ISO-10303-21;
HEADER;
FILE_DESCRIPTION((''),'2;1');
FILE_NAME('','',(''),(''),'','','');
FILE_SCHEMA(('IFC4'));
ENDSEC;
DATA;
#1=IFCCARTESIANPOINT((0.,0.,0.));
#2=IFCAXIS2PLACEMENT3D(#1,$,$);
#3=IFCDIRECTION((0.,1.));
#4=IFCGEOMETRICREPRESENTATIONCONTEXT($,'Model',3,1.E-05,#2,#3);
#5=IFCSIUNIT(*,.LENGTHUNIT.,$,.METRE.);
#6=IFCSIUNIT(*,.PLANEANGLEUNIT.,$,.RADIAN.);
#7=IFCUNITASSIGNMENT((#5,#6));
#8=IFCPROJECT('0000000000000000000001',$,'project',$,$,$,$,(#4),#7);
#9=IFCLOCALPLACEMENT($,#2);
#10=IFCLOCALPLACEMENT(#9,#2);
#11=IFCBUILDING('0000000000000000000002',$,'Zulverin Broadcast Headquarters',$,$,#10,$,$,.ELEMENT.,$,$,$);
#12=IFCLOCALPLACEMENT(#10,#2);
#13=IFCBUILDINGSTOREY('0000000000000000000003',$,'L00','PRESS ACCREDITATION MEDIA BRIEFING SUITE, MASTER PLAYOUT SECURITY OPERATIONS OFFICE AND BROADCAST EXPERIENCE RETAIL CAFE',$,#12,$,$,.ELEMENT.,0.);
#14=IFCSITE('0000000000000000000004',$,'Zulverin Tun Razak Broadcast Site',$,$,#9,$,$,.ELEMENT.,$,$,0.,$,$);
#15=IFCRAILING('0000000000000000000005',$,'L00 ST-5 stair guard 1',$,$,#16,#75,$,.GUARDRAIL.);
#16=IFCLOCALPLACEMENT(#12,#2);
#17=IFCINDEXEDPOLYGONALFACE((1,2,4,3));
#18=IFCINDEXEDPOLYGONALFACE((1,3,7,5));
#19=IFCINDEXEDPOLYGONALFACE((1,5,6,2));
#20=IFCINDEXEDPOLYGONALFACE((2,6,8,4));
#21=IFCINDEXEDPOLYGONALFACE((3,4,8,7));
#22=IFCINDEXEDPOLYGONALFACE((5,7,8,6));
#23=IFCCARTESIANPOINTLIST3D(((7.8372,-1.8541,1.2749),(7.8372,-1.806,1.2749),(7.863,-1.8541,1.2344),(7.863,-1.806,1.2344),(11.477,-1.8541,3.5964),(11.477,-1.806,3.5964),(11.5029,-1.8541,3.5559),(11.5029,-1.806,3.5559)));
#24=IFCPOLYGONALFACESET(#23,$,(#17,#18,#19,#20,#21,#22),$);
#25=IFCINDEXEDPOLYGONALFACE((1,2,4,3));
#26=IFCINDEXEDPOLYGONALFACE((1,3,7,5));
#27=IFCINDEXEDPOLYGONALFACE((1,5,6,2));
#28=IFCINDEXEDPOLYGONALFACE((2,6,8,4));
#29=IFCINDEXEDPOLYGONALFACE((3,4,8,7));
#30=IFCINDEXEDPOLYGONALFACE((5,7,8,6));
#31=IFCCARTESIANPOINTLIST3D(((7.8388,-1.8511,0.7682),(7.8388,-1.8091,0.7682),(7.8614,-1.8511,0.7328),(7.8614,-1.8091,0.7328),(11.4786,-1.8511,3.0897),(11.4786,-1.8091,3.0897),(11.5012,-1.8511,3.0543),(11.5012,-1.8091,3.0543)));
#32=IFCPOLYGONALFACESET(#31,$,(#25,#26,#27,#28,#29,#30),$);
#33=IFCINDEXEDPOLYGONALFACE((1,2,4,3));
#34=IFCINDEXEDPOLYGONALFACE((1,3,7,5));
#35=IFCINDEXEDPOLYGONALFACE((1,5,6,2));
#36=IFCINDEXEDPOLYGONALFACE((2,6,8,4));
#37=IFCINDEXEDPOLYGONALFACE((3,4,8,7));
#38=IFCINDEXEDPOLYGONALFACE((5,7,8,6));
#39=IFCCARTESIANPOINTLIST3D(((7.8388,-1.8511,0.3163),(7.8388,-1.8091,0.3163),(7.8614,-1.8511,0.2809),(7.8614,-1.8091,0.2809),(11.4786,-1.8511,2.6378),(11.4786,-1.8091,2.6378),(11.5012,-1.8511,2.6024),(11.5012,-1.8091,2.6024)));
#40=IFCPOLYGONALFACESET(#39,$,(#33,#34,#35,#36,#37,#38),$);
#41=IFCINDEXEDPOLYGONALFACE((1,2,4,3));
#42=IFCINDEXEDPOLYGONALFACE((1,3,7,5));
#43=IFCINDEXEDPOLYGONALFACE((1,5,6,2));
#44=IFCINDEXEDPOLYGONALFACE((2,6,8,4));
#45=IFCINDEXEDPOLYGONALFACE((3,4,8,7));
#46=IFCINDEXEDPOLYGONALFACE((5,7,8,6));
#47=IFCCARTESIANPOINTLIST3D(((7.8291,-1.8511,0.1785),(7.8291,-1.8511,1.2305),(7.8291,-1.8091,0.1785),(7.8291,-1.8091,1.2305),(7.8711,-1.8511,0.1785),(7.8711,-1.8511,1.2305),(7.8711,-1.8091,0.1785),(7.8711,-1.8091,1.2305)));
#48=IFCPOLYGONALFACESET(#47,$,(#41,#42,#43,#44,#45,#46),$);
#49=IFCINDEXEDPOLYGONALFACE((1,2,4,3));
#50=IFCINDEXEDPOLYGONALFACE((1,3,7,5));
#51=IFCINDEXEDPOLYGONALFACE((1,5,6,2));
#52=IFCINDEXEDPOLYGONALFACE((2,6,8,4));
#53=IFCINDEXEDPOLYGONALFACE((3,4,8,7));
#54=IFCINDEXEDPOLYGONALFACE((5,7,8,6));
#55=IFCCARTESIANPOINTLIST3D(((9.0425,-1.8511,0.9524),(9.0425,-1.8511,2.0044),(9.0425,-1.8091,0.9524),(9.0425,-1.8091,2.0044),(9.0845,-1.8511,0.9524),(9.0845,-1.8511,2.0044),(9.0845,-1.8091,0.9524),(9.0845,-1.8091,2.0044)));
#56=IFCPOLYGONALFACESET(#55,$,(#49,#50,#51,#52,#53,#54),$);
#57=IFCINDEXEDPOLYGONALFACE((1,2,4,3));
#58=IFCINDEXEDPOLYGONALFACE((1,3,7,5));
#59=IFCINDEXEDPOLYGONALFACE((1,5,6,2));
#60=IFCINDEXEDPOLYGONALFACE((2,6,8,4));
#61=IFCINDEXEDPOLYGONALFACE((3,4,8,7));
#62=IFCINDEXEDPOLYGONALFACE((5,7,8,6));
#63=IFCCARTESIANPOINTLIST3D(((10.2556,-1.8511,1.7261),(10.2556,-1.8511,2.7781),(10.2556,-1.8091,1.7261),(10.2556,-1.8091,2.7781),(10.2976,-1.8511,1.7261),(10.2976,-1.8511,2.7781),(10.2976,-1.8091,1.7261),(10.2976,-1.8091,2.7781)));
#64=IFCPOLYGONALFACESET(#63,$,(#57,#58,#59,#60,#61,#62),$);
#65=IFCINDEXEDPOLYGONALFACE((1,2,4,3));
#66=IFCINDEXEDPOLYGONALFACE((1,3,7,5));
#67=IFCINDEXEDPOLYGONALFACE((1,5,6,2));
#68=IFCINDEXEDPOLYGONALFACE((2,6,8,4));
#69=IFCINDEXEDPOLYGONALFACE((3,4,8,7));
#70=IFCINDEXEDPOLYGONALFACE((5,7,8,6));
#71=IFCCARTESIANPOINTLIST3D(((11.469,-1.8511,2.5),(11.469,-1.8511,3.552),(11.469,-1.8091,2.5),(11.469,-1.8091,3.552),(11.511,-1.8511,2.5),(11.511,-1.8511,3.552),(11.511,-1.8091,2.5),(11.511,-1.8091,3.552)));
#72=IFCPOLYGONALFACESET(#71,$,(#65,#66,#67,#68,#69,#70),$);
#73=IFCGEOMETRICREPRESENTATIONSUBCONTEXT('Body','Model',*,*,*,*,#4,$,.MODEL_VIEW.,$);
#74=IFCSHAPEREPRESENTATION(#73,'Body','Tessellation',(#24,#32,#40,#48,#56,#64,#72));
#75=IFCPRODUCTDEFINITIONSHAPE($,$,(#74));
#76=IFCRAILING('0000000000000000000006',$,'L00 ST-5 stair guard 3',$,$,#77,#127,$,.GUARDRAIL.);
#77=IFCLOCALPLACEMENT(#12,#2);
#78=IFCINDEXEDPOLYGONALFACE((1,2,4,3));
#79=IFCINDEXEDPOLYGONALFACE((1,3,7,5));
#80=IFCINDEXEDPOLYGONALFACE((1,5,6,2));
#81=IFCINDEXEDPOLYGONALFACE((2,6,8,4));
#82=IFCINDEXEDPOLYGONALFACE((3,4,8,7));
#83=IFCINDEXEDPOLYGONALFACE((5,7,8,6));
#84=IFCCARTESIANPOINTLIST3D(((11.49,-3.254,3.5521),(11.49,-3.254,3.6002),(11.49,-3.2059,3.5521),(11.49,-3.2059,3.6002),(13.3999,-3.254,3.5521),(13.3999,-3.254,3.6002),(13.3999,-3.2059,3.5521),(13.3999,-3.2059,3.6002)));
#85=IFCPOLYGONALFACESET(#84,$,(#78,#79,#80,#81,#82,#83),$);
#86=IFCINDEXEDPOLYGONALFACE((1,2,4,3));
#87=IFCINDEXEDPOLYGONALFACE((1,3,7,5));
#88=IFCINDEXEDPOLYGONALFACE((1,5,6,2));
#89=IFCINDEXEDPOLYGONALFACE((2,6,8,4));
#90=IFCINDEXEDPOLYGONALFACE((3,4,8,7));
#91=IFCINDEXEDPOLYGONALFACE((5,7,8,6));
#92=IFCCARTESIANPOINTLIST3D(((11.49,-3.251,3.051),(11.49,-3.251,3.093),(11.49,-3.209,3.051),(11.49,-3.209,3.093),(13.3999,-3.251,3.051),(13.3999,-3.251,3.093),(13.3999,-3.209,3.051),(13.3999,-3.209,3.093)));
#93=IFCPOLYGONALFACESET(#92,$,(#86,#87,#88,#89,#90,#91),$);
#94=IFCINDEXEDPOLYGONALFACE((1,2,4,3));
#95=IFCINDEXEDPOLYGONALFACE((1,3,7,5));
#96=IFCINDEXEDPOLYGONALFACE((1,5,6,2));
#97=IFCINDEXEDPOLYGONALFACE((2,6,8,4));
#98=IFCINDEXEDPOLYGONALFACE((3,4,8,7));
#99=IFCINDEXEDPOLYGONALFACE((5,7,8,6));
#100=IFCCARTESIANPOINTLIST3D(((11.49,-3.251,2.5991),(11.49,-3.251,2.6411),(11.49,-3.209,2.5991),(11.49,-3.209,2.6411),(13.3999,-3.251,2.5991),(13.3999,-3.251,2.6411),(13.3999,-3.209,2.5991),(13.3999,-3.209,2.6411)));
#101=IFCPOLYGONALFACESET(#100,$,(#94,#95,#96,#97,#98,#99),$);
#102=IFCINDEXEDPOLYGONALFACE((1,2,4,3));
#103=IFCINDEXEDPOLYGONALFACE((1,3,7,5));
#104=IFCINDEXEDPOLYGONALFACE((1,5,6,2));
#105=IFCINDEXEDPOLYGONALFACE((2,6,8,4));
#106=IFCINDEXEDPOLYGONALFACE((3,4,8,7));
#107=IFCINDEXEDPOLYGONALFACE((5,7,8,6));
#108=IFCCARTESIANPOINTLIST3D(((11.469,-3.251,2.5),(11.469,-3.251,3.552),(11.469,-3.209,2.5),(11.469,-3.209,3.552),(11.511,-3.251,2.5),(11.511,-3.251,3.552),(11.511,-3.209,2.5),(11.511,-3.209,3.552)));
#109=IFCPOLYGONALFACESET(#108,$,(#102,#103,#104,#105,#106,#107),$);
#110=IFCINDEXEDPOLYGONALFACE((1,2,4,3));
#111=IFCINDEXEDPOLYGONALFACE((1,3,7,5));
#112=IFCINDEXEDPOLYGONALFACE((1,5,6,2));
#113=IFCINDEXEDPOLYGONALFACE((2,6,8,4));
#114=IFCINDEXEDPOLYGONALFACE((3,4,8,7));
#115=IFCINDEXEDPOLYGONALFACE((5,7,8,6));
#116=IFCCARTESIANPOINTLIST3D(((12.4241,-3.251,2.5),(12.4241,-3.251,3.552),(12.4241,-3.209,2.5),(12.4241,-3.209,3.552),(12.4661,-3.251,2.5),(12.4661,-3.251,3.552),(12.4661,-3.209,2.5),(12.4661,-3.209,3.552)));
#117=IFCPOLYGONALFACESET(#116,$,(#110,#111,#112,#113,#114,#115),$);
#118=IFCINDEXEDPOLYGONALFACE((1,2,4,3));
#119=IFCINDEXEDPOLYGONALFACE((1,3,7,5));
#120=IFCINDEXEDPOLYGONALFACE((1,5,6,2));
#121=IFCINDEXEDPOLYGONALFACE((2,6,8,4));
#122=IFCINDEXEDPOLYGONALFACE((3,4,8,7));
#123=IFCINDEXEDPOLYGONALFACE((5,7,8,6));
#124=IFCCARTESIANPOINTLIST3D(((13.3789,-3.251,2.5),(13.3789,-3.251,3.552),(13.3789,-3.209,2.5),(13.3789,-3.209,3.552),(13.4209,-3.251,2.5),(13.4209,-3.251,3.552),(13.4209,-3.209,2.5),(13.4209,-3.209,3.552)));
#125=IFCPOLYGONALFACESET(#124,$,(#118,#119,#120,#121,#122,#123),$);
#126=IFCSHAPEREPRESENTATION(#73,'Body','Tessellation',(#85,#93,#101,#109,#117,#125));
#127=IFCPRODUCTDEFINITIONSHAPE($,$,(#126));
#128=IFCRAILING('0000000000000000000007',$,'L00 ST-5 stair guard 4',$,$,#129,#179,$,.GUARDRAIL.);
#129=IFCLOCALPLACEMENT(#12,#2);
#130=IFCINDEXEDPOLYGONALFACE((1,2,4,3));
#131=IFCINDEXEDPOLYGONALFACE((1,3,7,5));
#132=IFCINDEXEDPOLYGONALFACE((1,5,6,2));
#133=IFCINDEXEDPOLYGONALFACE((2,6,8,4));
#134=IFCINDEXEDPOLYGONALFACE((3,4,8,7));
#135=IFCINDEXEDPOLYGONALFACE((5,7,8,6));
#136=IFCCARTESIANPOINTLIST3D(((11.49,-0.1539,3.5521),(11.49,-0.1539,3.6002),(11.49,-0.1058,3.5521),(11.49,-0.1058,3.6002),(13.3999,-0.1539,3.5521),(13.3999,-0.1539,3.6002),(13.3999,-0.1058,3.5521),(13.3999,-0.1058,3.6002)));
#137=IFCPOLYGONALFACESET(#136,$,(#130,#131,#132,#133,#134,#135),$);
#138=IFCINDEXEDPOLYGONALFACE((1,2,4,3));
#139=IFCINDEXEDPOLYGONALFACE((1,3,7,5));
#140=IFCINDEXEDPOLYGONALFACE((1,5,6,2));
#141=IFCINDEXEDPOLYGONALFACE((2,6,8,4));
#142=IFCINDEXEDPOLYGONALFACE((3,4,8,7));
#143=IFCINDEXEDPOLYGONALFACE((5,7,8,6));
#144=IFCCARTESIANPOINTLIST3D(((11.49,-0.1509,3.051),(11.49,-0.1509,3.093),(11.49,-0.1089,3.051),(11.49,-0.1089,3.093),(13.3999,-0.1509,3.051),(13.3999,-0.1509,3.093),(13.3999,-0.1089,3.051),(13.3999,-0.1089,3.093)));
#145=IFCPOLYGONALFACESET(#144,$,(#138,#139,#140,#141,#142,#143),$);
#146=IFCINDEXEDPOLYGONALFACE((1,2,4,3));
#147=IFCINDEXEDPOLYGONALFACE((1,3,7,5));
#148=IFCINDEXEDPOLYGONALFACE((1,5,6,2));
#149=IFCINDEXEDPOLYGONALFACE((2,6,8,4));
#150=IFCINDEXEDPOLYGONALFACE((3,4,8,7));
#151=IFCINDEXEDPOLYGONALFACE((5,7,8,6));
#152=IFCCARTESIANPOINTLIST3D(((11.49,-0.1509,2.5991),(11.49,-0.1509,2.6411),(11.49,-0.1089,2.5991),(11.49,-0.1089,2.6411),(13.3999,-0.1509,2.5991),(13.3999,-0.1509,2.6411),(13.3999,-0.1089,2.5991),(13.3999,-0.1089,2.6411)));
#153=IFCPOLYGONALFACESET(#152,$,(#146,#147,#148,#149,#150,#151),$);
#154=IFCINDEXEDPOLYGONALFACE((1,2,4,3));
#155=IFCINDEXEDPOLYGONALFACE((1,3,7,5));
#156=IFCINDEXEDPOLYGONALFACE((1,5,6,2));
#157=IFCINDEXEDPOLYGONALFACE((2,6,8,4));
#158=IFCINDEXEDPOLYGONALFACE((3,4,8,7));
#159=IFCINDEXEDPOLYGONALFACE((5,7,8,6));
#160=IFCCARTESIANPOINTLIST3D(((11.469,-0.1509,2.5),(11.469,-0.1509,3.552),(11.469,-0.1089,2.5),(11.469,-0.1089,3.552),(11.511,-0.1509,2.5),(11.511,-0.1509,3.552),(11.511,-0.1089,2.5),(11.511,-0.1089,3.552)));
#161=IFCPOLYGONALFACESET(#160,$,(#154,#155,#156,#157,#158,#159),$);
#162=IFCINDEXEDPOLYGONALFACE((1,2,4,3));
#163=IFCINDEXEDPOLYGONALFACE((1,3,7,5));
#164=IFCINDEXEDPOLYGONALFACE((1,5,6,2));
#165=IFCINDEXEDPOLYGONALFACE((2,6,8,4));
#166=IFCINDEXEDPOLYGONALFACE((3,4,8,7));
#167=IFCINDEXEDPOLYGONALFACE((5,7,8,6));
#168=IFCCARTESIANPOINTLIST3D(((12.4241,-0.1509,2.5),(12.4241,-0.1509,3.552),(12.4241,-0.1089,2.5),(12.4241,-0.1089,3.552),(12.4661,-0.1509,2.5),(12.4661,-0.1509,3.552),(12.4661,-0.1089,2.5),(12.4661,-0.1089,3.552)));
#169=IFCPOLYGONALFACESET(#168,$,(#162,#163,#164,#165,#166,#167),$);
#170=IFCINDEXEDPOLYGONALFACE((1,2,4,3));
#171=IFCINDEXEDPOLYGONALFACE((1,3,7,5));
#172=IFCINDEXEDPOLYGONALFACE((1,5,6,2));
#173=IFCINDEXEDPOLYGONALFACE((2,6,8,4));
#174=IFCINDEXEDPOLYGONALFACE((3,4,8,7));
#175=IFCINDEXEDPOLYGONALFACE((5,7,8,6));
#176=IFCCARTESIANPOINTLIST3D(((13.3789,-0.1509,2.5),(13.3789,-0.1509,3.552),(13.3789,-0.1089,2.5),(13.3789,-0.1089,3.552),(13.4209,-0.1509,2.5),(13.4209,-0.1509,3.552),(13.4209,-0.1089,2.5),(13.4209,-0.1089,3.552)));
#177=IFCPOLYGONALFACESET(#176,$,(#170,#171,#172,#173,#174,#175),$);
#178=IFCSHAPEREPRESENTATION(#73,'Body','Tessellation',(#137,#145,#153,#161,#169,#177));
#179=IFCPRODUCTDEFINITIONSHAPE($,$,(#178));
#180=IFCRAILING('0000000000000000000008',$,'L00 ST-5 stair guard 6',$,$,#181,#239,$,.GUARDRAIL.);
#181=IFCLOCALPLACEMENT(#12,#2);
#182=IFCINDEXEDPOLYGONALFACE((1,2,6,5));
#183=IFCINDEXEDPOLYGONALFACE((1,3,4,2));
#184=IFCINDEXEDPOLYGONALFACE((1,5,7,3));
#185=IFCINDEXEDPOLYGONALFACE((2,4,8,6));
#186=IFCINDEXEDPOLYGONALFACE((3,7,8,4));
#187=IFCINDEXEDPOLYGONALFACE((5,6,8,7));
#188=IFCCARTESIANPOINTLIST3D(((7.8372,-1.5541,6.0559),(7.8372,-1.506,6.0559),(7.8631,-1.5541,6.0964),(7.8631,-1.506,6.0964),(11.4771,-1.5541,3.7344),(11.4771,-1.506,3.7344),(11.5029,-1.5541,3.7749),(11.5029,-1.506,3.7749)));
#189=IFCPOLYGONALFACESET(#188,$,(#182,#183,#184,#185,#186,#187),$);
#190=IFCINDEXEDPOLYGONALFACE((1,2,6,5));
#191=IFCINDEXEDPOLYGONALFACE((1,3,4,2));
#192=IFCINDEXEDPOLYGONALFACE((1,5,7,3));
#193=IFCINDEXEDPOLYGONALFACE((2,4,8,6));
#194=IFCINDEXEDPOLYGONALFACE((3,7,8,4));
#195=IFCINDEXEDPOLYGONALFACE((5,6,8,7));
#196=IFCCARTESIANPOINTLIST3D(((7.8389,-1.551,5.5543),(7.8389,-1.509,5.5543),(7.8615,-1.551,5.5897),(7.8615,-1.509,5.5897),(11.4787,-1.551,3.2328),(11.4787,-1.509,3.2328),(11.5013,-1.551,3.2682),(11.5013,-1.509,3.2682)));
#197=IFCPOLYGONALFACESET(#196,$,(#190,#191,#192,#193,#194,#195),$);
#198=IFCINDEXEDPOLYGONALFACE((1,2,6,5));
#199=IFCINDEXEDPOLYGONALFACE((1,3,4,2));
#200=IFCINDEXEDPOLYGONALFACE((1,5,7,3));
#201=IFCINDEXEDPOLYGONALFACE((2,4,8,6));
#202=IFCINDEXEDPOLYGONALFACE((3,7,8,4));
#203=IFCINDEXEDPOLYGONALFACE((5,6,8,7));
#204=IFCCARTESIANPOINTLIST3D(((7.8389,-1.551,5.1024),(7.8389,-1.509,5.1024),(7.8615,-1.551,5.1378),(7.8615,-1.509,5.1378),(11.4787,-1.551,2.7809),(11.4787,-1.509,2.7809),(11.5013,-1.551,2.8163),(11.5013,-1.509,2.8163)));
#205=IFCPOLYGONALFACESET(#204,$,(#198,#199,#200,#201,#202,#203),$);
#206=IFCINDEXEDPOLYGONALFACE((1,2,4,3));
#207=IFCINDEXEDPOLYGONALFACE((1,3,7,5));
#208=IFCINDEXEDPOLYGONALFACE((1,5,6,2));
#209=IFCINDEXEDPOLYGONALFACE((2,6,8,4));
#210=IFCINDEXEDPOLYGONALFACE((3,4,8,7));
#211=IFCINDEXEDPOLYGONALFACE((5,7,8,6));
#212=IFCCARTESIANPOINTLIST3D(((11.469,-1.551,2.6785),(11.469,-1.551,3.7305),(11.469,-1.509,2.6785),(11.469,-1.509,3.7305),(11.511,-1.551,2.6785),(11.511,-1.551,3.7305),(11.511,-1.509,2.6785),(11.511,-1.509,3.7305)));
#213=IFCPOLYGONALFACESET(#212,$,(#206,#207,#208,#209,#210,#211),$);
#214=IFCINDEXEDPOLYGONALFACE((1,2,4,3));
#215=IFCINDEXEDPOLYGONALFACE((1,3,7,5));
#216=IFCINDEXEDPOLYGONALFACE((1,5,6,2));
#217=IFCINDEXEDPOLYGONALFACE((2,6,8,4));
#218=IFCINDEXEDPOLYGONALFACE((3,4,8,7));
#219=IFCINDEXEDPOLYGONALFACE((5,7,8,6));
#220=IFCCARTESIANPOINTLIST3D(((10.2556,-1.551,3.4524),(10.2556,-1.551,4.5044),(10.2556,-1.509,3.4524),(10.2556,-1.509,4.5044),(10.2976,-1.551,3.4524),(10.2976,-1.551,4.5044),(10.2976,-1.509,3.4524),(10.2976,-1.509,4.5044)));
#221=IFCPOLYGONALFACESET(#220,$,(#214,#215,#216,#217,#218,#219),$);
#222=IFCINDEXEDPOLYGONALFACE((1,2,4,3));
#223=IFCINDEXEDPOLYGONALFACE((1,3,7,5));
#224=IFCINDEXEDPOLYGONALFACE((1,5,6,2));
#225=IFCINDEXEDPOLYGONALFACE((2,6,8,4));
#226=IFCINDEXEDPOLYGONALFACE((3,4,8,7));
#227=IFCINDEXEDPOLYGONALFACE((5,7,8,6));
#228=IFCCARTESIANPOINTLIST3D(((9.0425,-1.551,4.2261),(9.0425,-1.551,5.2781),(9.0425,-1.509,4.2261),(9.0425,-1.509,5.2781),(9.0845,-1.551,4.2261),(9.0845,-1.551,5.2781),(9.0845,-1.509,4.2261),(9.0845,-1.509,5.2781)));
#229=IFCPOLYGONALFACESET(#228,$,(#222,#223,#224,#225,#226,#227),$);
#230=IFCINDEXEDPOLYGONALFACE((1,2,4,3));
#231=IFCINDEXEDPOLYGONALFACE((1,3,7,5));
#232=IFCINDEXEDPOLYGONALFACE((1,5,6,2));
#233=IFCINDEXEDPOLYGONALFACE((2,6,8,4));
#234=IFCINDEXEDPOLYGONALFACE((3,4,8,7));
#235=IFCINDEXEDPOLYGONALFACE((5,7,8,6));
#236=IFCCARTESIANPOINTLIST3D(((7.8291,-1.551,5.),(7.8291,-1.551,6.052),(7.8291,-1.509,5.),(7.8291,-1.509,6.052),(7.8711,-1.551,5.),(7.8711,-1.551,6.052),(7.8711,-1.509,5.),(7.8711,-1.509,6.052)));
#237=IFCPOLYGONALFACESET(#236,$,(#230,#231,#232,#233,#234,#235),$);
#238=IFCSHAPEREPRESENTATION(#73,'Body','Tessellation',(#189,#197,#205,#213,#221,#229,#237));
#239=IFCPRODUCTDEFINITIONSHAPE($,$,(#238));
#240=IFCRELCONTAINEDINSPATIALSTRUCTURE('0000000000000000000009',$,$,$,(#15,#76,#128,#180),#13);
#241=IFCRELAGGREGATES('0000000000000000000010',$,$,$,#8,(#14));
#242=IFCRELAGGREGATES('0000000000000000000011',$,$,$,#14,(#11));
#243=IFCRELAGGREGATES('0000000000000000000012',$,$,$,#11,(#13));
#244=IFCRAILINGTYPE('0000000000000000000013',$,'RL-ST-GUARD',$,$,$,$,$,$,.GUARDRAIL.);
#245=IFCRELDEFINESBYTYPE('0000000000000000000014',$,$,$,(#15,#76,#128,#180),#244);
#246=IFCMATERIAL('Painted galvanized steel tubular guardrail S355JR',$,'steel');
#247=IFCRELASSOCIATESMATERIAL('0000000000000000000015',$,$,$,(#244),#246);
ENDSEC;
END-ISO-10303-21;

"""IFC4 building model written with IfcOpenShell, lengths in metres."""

from ifc_helpers import new_model, si_unit, direction, frame, origin, origin_2d, place, context, subcontext, project, spatial, rectangle, extrude, material, type_object, element, save


model = new_model("IFC4")

# Units and contexts
model_context = context("Model", 3, precision=1e-05, world=origin(), true_north=direction((0.0, 1.0)))
body_context = subcontext(model_context, "Body", "Model", "MODEL_VIEW")
ifc_project = project(units=[si_unit("LENGTHUNIT", "METRE"), si_unit("PLANEANGLEUNIT", "RADIAN")], contexts=[model_context])

# Site, building, storey
site_placement = place(None, origin())
site = spatial("IfcSite", under=ifc_project, at=site_placement, Name="Zulverin Tun Razak Broadcast Site", CompositionType="ELEMENT", RefElevation=0.0)
building_placement = place(site_placement, origin())
building = spatial("IfcBuilding", under=site, at=building_placement, Name="Zulverin Broadcast Headquarters", CompositionType="ELEMENT")
storey_placement = place(building_placement, origin())
storey = spatial("IfcBuildingStorey", under=building, at=storey_placement, Name="L00", Description="PRESS ACCREDITATION MEDIA BRIEFING SUITE, MASTER PLAYOUT SECURITY OPERATIONS OFFICE AND BROADCAST EXPERIENCE RETAIL CAFE", CompositionType="ELEMENT", Elevation=0.0)

# Railings
ifc_material_1 = material(Name="Painted galvanized steel tubular guardrail S355JR", Category="steel")
railing_type_1 = type_object("IfcRailingType", Name="RL-ST-GUARD", PredefinedType="GUARDRAIL", material=ifc_material_1)
railing_1_placement = place(storey_placement, frame((7.8501, -1.8301, 0.1785)))
element("IfcRailing", 1, at=railing_1_placement, inside=storey, type_object=railing_type_1, Name="L00 ST-5 stair guard 1", PredefinedType="GUARDRAIL", context=body_context, shape_type="SweptSolid", body=[
    extrude(rectangle(XDim=0.0481, YDim=0.0481, at=origin_2d()), frame((0.0, 0.0, 1.0762), z_axis=(0.843112, 0.0, 0.537739), x_axis=(0.0, 1.0, 0.0)), (0.0, 0.0, 1.0), 4.3171),
    extrude(rectangle(XDim=0.042, YDim=0.042, at=origin_2d()), frame((0.0, 0.0, 0.572), z_axis=(0.843112, 0.0, 0.537739), x_axis=(0.0, 1.0, 0.0)), (0.0, 0.0, 1.0), 4.3171),
    extrude(rectangle(XDim=0.042, YDim=0.042, at=origin_2d()), frame((0.0, 0.0, 0.1201), z_axis=(0.843112, 0.0, 0.537739), x_axis=(0.0, 1.0, 0.0)), (0.0, 0.0, 1.0), 4.3171),
    extrude(rectangle(XDim=0.042, YDim=0.042, at=origin_2d()), origin(), (0.0, 0.0, 1.0), 1.052),
    extrude(rectangle(XDim=0.042, YDim=0.042, at=origin_2d()), frame((1.2134, 0.0, 0.7739)), (0.0, 0.0, 1.0), 1.052),
    extrude(rectangle(XDim=0.042, YDim=0.042, at=origin_2d()), frame((2.4265, 0.0, 1.5476)), (0.0, 0.0, 1.0), 1.052),
    extrude(rectangle(XDim=0.042, YDim=0.042, at=origin_2d()), frame((3.6399, 0.0, 2.3215)), (0.0, 0.0, 1.0), 1.052),
])
for number, where, name in (
    (2, (11.49, -3.23, 2.5), "L00 ST-5 stair guard 3"),
    (3, (11.49, -0.1299, 2.5), "L00 ST-5 stair guard 4"),
):
    element("IfcRailing", number, at=place(storey_placement, frame(where)), inside=storey, type_object=railing_type_1, Name=name, PredefinedType="GUARDRAIL", context=body_context, shape_type="SweptSolid", body=[
        extrude(rectangle(XDim=0.0481, YDim=0.0481, at=origin_2d()), frame((0.0, 0.0, 1.0762), z_axis=(1.0, 0.0, 0.0), x_axis=(0.0, 1.0, 0.0)), (0.0, 0.0, 1.0), 1.9099),
        extrude(rectangle(XDim=0.042, YDim=0.042, at=origin_2d()), frame((0.0, 0.0, 0.572), z_axis=(1.0, 0.0, 0.0), x_axis=(0.0, 1.0, 0.0)), (0.0, 0.0, 1.0), 1.9099),
        extrude(rectangle(XDim=0.042, YDim=0.042, at=origin_2d()), frame((0.0, 0.0, 0.1201), z_axis=(1.0, 0.0, 0.0), x_axis=(0.0, 1.0, 0.0)), (0.0, 0.0, 1.0), 1.9099),
        extrude(rectangle(XDim=0.042, YDim=0.042, at=origin_2d()), origin(), (0.0, 0.0, 1.0), 1.052),
        extrude(rectangle(XDim=0.042, YDim=0.042, at=origin_2d()), frame((0.9551, 0.0, 0.0)), (0.0, 0.0, 1.0), 1.052),
        extrude(rectangle(XDim=0.042, YDim=0.042, at=origin_2d()), frame((1.9099, 0.0, 0.0)), (0.0, 0.0, 1.0), 1.052),
    ])
railing_2_placement = place(storey_placement, frame((11.49, -1.53, 2.6785)))
element("IfcRailing", 4, at=railing_2_placement, inside=storey, type_object=railing_type_1, Name="L00 ST-5 stair guard 6", PredefinedType="GUARDRAIL", context=body_context, shape_type="SweptSolid", body=[
    extrude(rectangle(XDim=0.0481, YDim=0.0481, at=origin_2d()), frame((0.0, 0.0, 1.0762), z_axis=(-0.843112, 0.0, 0.537739), x_axis=(0.0, -1.0, 0.0)), (0.0, 0.0, 1.0), 4.3171),
    extrude(rectangle(XDim=0.042, YDim=0.042, at=origin_2d()), frame((0.0, 0.0, 0.572), z_axis=(-0.843112, 0.0, 0.537739), x_axis=(0.0, -1.0, 0.0)), (0.0, 0.0, 1.0), 4.3171),
    extrude(rectangle(XDim=0.042, YDim=0.042, at=origin_2d()), frame((0.0, 0.0, 0.1201), z_axis=(-0.843112, 0.0, 0.537739), x_axis=(0.0, -1.0, 0.0)), (0.0, 0.0, 1.0), 4.3171),
    extrude(rectangle(XDim=0.042, YDim=0.042, at=origin_2d()), origin(), (0.0, 0.0, 1.0), 1.052),
    extrude(rectangle(XDim=0.042, YDim=0.042, at=origin_2d()), frame((-1.2134, 0.0, 0.7739)), (0.0, 0.0, 1.0), 1.052),
    extrude(rectangle(XDim=0.042, YDim=0.042, at=origin_2d()), frame((-2.4265, 0.0, 1.5476)), (0.0, 0.0, 1.0), 1.052),
    extrude(rectangle(XDim=0.042, YDim=0.042, at=origin_2d()), frame((-3.6399, 0.0, 2.3215)), (0.0, 0.0, 1.0), 1.052),
])

save(model, "model.ifc")
